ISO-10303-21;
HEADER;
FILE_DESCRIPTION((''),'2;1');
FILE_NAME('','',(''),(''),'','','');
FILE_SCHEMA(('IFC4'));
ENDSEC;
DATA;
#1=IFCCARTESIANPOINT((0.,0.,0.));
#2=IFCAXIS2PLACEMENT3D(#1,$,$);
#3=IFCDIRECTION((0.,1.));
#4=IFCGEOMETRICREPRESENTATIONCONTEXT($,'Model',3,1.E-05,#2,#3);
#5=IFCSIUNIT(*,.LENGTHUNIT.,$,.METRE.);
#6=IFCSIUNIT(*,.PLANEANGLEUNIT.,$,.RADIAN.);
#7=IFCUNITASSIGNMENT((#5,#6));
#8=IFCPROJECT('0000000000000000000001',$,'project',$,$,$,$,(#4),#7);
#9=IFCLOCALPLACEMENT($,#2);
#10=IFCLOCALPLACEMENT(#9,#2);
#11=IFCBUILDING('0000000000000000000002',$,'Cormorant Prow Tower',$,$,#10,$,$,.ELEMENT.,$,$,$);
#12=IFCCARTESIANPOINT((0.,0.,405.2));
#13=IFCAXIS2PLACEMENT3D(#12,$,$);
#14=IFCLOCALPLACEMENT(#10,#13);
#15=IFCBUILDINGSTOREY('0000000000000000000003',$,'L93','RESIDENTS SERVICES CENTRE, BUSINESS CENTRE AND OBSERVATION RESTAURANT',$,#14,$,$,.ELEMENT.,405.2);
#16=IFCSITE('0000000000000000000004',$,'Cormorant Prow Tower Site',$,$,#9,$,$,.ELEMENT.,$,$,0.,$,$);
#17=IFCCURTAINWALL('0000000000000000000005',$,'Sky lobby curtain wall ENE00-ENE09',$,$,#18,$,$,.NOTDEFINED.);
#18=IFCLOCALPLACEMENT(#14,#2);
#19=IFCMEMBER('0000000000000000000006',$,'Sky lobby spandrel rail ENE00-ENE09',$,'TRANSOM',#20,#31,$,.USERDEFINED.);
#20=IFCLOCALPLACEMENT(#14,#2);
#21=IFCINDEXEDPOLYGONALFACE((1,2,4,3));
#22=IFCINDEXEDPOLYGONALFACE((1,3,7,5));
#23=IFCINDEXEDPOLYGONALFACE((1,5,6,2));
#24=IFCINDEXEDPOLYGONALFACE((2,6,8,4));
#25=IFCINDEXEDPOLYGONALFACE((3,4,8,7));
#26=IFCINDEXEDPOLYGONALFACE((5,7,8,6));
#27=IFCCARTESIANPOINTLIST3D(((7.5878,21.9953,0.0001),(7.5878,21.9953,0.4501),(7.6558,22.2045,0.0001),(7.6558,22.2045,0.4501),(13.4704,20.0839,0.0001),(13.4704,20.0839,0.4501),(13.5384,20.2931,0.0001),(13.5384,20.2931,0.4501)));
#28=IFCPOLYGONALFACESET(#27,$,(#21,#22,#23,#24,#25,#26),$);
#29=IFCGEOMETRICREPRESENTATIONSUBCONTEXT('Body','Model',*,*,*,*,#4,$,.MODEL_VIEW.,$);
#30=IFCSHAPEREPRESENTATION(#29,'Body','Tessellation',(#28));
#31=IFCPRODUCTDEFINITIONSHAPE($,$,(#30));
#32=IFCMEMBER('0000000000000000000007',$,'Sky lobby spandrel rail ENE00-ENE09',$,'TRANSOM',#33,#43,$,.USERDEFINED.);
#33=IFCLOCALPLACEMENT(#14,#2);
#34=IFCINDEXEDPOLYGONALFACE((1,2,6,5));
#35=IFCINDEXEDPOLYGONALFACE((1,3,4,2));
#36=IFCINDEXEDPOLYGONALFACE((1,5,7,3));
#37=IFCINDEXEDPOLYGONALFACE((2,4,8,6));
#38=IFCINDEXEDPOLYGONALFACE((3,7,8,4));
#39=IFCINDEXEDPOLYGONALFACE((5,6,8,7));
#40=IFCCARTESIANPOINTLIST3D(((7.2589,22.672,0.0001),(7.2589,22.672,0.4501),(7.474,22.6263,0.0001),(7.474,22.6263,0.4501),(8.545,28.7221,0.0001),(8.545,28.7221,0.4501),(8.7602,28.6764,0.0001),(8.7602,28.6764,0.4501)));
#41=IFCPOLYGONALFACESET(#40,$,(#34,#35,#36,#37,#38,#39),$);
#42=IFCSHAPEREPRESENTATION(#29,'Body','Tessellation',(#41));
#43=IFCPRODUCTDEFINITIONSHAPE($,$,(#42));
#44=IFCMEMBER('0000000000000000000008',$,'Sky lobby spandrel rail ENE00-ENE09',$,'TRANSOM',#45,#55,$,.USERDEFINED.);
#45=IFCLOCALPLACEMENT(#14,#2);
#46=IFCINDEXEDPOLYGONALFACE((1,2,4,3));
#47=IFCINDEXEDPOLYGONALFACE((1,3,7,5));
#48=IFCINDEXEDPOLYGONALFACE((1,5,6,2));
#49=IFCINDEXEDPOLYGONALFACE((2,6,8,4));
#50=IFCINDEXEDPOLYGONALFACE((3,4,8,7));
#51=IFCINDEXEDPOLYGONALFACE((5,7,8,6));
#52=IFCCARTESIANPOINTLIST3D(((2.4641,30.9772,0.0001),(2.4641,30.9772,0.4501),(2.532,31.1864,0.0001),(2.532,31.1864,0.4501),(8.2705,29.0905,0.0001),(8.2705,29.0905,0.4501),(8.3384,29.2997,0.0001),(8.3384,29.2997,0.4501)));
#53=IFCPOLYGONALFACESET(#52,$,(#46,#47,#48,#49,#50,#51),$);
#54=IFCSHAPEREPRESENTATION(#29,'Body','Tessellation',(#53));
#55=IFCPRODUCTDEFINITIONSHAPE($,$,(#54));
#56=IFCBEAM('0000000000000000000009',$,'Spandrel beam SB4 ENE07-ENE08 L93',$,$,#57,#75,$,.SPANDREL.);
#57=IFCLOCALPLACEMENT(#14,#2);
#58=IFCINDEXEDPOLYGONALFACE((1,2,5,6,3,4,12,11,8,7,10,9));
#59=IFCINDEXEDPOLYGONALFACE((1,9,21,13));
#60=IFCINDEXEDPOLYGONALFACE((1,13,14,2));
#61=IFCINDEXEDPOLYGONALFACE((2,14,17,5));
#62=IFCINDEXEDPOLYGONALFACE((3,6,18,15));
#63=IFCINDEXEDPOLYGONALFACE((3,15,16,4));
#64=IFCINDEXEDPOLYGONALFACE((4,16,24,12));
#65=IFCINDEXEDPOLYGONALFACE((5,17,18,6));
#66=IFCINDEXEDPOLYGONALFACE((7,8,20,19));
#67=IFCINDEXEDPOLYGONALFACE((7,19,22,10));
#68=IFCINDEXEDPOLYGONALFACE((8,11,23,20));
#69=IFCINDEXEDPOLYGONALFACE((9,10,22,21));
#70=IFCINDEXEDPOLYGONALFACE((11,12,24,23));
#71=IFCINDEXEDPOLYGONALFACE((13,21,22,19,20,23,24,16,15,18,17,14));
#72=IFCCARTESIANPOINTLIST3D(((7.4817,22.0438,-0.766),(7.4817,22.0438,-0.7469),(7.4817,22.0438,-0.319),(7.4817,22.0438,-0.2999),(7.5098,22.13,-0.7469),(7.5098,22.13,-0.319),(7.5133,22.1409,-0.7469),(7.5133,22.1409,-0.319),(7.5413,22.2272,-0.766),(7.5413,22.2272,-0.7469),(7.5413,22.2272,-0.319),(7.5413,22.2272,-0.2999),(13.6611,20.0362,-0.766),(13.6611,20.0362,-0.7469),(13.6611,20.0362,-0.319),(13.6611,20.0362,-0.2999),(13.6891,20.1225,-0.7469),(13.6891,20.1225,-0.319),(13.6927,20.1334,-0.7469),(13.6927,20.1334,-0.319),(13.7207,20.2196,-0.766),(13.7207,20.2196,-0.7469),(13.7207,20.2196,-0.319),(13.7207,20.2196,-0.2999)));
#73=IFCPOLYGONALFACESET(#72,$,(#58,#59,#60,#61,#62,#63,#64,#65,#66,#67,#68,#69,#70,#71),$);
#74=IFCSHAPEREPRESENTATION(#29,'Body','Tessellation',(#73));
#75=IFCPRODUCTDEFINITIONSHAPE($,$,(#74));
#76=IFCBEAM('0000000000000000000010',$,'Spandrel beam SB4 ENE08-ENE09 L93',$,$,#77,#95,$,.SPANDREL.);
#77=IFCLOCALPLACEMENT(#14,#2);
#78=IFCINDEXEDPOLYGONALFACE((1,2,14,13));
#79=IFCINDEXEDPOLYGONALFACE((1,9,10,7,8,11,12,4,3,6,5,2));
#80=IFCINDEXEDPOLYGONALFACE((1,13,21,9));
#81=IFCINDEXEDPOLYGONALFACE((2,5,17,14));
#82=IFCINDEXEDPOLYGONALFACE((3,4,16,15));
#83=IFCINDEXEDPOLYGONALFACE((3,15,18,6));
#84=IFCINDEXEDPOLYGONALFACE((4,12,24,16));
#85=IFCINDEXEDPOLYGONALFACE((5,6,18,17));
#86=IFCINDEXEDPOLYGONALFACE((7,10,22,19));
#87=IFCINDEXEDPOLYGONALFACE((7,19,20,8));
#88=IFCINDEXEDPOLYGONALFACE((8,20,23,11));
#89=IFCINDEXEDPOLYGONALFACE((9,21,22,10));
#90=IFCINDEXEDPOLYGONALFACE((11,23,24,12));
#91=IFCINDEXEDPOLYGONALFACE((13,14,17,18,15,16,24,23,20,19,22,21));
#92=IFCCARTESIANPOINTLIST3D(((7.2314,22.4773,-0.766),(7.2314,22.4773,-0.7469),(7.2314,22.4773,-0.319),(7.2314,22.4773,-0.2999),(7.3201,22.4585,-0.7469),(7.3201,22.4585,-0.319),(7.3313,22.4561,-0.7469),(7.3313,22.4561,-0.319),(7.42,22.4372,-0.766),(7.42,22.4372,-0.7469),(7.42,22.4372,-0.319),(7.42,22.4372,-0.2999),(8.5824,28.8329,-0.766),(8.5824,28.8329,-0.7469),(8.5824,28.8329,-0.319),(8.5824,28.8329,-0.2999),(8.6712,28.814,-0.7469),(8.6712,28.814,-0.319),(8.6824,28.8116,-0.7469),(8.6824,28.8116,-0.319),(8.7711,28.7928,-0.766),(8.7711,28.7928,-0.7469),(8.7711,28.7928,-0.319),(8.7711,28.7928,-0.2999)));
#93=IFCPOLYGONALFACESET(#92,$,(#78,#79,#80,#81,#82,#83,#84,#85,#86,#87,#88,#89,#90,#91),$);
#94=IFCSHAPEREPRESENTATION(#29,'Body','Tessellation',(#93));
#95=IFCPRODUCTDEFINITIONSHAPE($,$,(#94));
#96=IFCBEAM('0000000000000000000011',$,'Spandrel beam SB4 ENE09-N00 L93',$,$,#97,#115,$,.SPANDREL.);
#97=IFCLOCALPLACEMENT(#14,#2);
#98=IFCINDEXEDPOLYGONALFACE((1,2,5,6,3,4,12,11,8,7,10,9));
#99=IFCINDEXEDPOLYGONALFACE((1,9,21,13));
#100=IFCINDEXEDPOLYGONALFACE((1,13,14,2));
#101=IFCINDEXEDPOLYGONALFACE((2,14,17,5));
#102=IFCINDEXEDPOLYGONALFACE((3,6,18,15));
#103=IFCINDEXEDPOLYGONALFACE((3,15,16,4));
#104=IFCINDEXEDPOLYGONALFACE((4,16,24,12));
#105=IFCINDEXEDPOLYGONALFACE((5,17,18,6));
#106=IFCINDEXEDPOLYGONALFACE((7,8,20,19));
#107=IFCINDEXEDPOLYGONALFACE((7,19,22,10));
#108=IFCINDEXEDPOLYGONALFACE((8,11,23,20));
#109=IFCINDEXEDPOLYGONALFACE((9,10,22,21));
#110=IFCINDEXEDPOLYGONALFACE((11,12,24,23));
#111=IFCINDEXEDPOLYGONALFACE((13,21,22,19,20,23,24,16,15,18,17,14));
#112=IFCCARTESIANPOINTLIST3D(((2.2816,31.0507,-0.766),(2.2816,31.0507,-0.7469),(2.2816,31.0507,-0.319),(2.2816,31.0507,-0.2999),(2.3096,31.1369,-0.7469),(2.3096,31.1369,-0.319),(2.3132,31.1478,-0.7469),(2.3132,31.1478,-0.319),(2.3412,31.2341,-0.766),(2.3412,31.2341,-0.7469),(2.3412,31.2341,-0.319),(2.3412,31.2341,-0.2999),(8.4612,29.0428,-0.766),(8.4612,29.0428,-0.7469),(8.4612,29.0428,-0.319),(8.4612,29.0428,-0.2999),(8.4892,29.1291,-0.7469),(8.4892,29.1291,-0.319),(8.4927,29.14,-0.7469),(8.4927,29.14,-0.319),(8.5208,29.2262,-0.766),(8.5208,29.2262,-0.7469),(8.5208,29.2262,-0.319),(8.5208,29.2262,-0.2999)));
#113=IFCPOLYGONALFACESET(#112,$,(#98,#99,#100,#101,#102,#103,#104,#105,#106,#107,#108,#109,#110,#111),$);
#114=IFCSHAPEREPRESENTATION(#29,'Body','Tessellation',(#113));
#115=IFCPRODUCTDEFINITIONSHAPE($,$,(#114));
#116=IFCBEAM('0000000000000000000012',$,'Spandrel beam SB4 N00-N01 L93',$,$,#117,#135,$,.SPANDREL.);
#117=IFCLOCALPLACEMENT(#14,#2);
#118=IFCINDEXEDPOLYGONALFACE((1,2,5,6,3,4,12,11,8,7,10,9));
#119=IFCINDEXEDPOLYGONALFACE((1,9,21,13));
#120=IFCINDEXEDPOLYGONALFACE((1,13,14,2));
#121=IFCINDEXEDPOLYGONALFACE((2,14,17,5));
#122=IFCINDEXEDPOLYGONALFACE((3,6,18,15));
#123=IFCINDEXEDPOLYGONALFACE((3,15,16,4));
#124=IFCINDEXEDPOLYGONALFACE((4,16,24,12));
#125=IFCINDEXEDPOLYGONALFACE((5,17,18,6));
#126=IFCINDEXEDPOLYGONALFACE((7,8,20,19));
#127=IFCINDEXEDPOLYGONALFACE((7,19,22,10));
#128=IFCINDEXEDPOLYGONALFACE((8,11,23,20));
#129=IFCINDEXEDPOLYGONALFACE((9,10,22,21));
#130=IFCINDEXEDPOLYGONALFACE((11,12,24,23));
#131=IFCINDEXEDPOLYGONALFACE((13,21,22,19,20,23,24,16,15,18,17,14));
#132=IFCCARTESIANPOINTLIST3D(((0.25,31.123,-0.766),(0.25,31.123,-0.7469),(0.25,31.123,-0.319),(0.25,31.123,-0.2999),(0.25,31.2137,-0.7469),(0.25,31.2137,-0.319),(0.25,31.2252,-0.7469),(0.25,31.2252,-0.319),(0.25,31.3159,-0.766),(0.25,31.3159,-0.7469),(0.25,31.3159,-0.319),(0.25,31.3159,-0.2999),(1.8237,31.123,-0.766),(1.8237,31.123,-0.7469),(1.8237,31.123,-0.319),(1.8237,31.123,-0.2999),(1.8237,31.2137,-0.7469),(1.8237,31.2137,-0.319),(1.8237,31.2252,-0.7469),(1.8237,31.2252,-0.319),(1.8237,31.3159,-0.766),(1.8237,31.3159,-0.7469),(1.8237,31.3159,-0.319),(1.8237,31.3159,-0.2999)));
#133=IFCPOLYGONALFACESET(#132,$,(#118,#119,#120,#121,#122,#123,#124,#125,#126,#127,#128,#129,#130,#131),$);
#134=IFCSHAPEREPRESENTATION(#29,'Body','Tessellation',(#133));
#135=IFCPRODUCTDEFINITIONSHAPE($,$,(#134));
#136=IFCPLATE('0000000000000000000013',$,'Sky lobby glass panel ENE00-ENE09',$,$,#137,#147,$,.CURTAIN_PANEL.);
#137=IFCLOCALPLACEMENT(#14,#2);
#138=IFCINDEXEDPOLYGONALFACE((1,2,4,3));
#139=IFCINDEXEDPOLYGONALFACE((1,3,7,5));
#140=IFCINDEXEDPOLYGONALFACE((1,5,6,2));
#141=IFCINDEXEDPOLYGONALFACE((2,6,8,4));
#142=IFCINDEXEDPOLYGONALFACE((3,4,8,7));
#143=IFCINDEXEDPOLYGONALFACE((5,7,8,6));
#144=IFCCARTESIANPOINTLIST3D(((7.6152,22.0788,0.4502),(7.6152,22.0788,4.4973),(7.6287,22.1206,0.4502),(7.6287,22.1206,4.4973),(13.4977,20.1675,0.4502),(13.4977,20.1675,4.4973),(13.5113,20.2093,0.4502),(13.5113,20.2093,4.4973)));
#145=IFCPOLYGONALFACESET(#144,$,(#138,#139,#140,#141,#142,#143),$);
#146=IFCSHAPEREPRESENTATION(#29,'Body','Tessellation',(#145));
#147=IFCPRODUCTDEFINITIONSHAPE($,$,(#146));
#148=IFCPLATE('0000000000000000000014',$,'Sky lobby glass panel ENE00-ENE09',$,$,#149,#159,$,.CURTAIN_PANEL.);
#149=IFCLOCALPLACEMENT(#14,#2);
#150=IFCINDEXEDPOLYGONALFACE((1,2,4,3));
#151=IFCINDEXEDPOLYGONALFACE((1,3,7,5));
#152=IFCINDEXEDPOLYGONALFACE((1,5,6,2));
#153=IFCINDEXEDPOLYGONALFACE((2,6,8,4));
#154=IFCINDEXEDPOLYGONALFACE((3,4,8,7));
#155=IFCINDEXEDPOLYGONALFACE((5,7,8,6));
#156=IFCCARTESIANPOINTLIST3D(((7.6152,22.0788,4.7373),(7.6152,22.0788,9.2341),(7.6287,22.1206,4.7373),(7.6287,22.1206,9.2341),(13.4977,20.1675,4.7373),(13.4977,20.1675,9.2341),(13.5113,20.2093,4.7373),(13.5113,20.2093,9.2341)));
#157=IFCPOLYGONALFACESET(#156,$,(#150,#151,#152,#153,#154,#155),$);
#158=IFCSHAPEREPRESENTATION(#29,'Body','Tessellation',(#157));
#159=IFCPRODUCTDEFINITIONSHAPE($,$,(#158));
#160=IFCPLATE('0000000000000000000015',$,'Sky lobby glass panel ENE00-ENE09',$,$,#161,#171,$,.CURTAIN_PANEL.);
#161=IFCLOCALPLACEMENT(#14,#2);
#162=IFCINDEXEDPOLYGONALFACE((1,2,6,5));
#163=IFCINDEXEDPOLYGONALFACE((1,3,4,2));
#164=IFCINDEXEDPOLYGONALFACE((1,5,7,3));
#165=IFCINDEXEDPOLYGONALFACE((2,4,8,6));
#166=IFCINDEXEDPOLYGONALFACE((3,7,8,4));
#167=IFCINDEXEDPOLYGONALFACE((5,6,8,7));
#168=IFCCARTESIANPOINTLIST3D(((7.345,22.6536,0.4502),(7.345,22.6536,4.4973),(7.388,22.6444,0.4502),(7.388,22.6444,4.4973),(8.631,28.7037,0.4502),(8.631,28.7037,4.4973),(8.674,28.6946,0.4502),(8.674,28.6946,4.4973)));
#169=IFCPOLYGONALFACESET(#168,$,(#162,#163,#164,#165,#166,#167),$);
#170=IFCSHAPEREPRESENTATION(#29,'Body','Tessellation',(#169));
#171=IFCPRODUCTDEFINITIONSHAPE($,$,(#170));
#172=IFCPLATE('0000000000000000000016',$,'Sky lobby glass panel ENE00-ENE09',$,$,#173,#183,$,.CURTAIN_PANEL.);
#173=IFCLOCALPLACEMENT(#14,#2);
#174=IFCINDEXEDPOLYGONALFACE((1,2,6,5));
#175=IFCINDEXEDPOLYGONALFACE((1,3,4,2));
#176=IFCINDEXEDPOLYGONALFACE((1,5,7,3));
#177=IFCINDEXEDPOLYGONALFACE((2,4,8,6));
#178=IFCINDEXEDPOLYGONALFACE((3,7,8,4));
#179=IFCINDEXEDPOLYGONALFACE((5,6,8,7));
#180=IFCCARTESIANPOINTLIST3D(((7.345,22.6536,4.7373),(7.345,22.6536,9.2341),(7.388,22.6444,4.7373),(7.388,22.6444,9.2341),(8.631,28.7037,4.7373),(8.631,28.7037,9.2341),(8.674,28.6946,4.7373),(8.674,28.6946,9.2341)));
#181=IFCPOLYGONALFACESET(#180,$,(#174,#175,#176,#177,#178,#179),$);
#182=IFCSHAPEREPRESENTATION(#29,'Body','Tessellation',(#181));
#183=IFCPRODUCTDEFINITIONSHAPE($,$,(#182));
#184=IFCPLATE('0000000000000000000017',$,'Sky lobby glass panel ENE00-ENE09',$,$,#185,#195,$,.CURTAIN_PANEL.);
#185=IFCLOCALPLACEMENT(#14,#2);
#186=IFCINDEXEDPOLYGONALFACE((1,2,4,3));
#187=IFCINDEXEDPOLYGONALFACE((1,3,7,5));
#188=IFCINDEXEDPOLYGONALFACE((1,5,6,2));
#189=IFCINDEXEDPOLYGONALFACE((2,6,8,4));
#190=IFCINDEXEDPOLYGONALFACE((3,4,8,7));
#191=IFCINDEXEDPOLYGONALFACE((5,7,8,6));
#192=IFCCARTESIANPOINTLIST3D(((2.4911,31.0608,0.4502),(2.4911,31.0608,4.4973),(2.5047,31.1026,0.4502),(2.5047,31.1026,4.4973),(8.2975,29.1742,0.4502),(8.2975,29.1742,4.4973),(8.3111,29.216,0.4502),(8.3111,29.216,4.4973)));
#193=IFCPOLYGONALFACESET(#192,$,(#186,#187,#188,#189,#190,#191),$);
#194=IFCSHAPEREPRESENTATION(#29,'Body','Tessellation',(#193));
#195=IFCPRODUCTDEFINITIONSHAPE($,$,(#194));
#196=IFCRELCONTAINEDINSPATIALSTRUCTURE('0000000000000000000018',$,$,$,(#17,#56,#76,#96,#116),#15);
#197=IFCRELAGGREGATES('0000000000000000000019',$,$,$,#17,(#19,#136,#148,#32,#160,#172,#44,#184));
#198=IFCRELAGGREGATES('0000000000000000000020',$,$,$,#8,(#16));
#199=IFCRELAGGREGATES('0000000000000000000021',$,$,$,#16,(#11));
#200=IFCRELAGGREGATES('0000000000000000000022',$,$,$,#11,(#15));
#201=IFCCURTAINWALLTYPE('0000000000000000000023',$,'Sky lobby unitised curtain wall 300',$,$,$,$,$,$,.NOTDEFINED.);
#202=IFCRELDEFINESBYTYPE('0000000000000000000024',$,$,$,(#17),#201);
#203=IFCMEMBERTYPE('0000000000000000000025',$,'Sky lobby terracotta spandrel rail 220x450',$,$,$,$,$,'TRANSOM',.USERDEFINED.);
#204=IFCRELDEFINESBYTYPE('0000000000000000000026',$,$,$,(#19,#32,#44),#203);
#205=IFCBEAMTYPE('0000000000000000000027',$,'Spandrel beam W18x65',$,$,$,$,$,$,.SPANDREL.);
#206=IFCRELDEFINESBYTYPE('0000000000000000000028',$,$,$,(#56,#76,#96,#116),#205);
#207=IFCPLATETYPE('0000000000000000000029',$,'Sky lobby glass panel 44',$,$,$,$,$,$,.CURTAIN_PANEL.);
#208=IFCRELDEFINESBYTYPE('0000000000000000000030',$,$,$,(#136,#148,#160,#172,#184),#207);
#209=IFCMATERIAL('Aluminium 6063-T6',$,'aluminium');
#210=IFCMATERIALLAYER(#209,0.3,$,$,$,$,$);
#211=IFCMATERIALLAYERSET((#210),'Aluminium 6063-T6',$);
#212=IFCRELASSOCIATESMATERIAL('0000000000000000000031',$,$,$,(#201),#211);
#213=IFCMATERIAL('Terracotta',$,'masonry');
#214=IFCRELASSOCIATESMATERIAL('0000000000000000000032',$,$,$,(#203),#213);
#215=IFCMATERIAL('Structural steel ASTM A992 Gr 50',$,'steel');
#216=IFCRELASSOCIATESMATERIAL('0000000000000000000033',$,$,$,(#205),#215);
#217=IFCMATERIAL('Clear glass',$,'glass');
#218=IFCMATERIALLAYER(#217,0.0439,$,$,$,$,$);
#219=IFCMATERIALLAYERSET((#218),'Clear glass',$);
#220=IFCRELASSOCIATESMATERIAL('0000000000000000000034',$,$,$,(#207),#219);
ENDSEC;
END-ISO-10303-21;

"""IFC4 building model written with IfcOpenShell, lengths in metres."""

from ifc_helpers import new_model, si_unit, direction, frame, origin, origin_2d, place, context, subcontext, project, spatial, rectangle, i_section, extrude, material, layer, layer_set, material_profile, profile_set, type_object, element, aggregate, save


model = new_model("IFC4")

# Units and contexts
model_context = context("Model", 3, precision=1e-05, world=origin(), true_north=direction((0.0, 1.0)))
body_context = subcontext(model_context, "Body", "Model", "MODEL_VIEW")
ifc_project = project(units=[si_unit("LENGTHUNIT", "METRE"), si_unit("PLANEANGLEUNIT", "RADIAN")], contexts=[model_context])

# Site, building, storey
site_placement = place(None, origin())
site = spatial("IfcSite", under=ifc_project, at=site_placement, Name="Cormorant Prow Tower Site", CompositionType="ELEMENT", RefElevation=0.0)
building_placement = place(site_placement, origin())
building = spatial("IfcBuilding", under=site, at=building_placement, Name="Cormorant Prow Tower", CompositionType="ELEMENT")
storey_placement = place(building_placement, frame((0.0, 0.0, 405.2)))
storey = spatial("IfcBuildingStorey", under=building, at=storey_placement, Name="L93", Description="RESIDENTS SERVICES CENTRE, BUSINESS CENTRE AND OBSERVATION RESTAURANT", CompositionType="ELEMENT", Elevation=405.2)

# Curtain wall, members
ifc_material_1 = material(Name="Aluminium 6063-T6", Category="aluminium")
ifc_layer_1 = layer(ifc_material_1, 0.3)
ifc_layer_set_1 = layer_set([ifc_layer_1], Name="Aluminium 6063-T6")
curtain_wall_type = type_object("IfcCurtainWallType", Name="Sky lobby unitised curtain wall 300", PredefinedType="NOTDEFINED", material=ifc_layer_set_1)
curtain_wall_placement = place(storey_placement, origin())
curtain_wall = element("IfcCurtainWall", 1, at=curtain_wall_placement, inside=storey, type_object=curtain_wall_type, Name="Sky lobby curtain wall ENE00-ENE09", PredefinedType="NOTDEFINED")
ifc_material_2 = material(Name="Terracotta", Category="masonry")
ifc_material_profile_1 = material_profile(ifc_material_2, rectangle(XDim=0.22, YDim=0.45, at=origin_2d()), Name="Sky lobby terracotta spandrel rail 220x450")
ifc_profile_set_1 = profile_set([ifc_material_profile_1], Name="Terracotta")
member_type_1 = type_object("IfcMemberType", Name="Sky lobby terracotta spandrel rail 220x450", ElementType="TRANSOM", PredefinedType="USERDEFINED", material=ifc_profile_set_1)
member_1_placement = place(storey_placement, frame((13.5044, 20.1885, 0.2251), z_axis=(-0.951056, 0.309019, 0.0), x_axis=(-0.309019, -0.951056, 0.0)))
member_1 = element("IfcMember", 2, at=member_1_placement, type_object=member_type_1, Name="Sky lobby spandrel rail ENE00-ENE09", ObjectType="TRANSOM", PredefinedType="USERDEFINED", context=body_context, shape_type="SweptSolid", body=[
    extrude(rectangle(XDim=0.22, YDim=0.45, at=origin_2d()), origin(), (0.0, 0.0, 1.0), 6.1853),
])
member_2_placement = place(storey_placement, frame((7.3665, 22.6492, 0.2251), z_axis=(0.207936, 0.978142, 0.0), x_axis=(-0.978142, 0.207936, 0.0)))
member_2 = element("IfcMember", 3, at=member_2_placement, type_object=member_type_1, Name="Sky lobby spandrel rail ENE00-ENE09", ObjectType="TRANSOM", PredefinedType="USERDEFINED", context=body_context, shape_type="SweptSolid", body=[
    extrude(rectangle(XDim=0.22, YDim=0.45, at=origin_2d()), origin(), (0.0, 0.0, 1.0), 6.1853),
])
member_3_placement = place(storey_placement, frame((8.3044, 29.1951, 0.2251), z_axis=(-0.951051, 0.309033, 0.0), x_axis=(-0.309033, -0.951051, 0.0)))
member_3 = element("IfcMember", 4, at=member_3_placement, type_object=member_type_1, Name="Sky lobby spandrel rail ENE00-ENE09", ObjectType="TRANSOM", PredefinedType="USERDEFINED", context=body_context, shape_type="SweptSolid", body=[
    extrude(rectangle(XDim=0.22, YDim=0.45, at=origin_2d()), origin(), (0.0, 0.0, 1.0), 6.1052),
])

# Beams
ifc_material_3 = material(Name="Structural steel ASTM A992 Gr 50", Category="steel")
ifc_material_profile_2 = material_profile(ifc_material_3, i_section(OverallWidth=0.1929, OverallDepth=0.4661, WebThickness=0.0115, FlangeThickness=0.019, at=origin_2d()), Name="W18x65")
ifc_profile_set_2 = profile_set([ifc_material_profile_2], Name="Structural steel ASTM A992 Gr 50")
beam_type = type_object("IfcBeamType", Name="Spandrel beam W18x65", PredefinedType="SPANDREL", material=ifc_profile_set_2)
beam_1_placement = place(storey_placement, frame((13.6909, 20.1279, -0.533), z_axis=(-0.951068, 0.308982, 0.0), x_axis=(-0.308982, -0.951068, 0.0)))
element("IfcBeam", 5, at=beam_1_placement, inside=storey, type_object=beam_type, Name="Spandrel beam SB4 ENE07-ENE08 L93", PredefinedType="SPANDREL", context=body_context, shape_type="SweptSolid", body=[
    extrude(i_section(OverallWidth=0.1929, OverallDepth=0.4661, WebThickness=0.0115, FlangeThickness=0.019, at=origin_2d()), origin(), (0.0, 0.0, 1.0), 6.4973),
])
for number, where, z_axis, x_axis, name in (
    (6, (7.3257, 22.4573, -0.533), (0.207938, 0.978142, 0.0), (-0.978142, 0.207938, 0.0), "Spandrel beam SB4 ENE08-ENE09 L93"),
    (7, (8.491, 29.1345, -0.533), (-0.951057, 0.309016, 0.0), (-0.309016, -0.951057, 0.0), "Spandrel beam SB4 ENE09-N00 L93"),
):
    element("IfcBeam", number, at=place(storey_placement, frame(where, z_axis=z_axis, x_axis=x_axis)), inside=storey, type_object=beam_type, Name=name, PredefinedType="SPANDREL", context=body_context, shape_type="SweptSolid", body=[
        extrude(i_section(OverallWidth=0.1929, OverallDepth=0.4661, WebThickness=0.0115, FlangeThickness=0.019, at=origin_2d()), origin(), (0.0, 0.0, 1.0), 6.4976),
    ])
beam_2_placement = place(storey_placement, frame((1.8237, 31.2195, -0.533), z_axis=(-1.0, 0.0, 0.0), x_axis=(0.0, -1.0, 0.0)))
element("IfcBeam", 8, at=beam_2_placement, inside=storey, type_object=beam_type, Name="Spandrel beam SB4 N00-N01 L93", PredefinedType="SPANDREL", context=body_context, shape_type="SweptSolid", body=[
    extrude(i_section(OverallWidth=0.1929, OverallDepth=0.4661, WebThickness=0.0115, FlangeThickness=0.019, at=origin_2d()), origin(), (0.0, 0.0, 1.0), 1.5737),
])

# Plates
ifc_material_4 = material(Name="Clear glass", Category="glass")
ifc_layer_2 = layer(ifc_material_4, 0.0439)
ifc_layer_set_2 = layer_set([ifc_layer_2], Name="Clear glass")
plate_type = type_object("IfcPlateType", Name="Sky lobby glass panel 44", PredefinedType="CURTAIN_PANEL", material=ifc_layer_set_2)
plate_1_placement = place(storey_placement, frame((10.5632, 21.144, 0.4502), z_axis=(0.0, 0.0, 1.0), x_axis=(-0.951057, 0.309017, 0.0)))
plate_1 = element("IfcPlate", 9, at=plate_1_placement, type_object=plate_type, Name="Sky lobby glass panel ENE00-ENE09", PredefinedType="CURTAIN_PANEL", context=body_context, shape_type="SweptSolid", body=[
    extrude(rectangle(XDim=6.1853, YDim=0.0439, at=origin_2d()), origin(), (0.0, 0.0, 1.0), 4.0471),
])
plate_2_placement = place(storey_placement, frame((10.5632, 21.144, 4.7373), z_axis=(0.0, 0.0, 1.0), x_axis=(-0.951057, 0.309017, 0.0)))
plate_2 = element("IfcPlate", 10, at=plate_2_placement, type_object=plate_type, Name="Sky lobby glass panel ENE00-ENE09", PredefinedType="CURTAIN_PANEL", context=body_context, shape_type="SweptSolid", body=[
    extrude(rectangle(XDim=6.1853, YDim=0.0439, at=origin_2d()), origin(), (0.0, 0.0, 1.0), 4.4968),
])
plate_3_placement = place(storey_placement, frame((8.0095, 25.6741, 0.4502), z_axis=(0.0, 0.0, 1.0), x_axis=(0.207912, 0.978148, 0.0)))
plate_3 = element("IfcPlate", 11, at=plate_3_placement, type_object=plate_type, Name="Sky lobby glass panel ENE00-ENE09", PredefinedType="CURTAIN_PANEL", context=body_context, shape_type="SweptSolid", body=[
    extrude(rectangle(XDim=6.1853, YDim=0.0439, at=origin_2d()), origin(), (0.0, 0.0, 1.0), 4.0471),
])
plate_4_placement = place(storey_placement, frame((8.0095, 25.6741, 4.7373), z_axis=(0.0, 0.0, 1.0), x_axis=(0.207912, 0.978148, 0.0)))
plate_4 = element("IfcPlate", 12, at=plate_4_placement, type_object=plate_type, Name="Sky lobby glass panel ENE00-ENE09", PredefinedType="CURTAIN_PANEL", context=body_context, shape_type="SweptSolid", body=[
    extrude(rectangle(XDim=6.1853, YDim=0.0439, at=origin_2d()), origin(), (0.0, 0.0, 1.0), 4.4968),
])
plate_5_placement = place(storey_placement, frame((5.4011, 30.1384, 0.4502), z_axis=(0.0, 0.0, 1.0), x_axis=(-0.951056, 0.309017, 0.0)))
plate_5 = element("IfcPlate", 13, at=plate_5_placement, type_object=plate_type, Name="Sky lobby glass panel ENE00-ENE09", PredefinedType="CURTAIN_PANEL", context=body_context, shape_type="SweptSolid", body=[
    extrude(rectangle(XDim=6.1052, YDim=0.0439, at=origin_2d()), origin(), (0.0, 0.0, 1.0), 4.0471),
])
aggregate(curtain_wall, [member_1, plate_1, plate_2, member_2, plate_3, plate_4, member_3, plate_5])

save(model, "model.ifc")
